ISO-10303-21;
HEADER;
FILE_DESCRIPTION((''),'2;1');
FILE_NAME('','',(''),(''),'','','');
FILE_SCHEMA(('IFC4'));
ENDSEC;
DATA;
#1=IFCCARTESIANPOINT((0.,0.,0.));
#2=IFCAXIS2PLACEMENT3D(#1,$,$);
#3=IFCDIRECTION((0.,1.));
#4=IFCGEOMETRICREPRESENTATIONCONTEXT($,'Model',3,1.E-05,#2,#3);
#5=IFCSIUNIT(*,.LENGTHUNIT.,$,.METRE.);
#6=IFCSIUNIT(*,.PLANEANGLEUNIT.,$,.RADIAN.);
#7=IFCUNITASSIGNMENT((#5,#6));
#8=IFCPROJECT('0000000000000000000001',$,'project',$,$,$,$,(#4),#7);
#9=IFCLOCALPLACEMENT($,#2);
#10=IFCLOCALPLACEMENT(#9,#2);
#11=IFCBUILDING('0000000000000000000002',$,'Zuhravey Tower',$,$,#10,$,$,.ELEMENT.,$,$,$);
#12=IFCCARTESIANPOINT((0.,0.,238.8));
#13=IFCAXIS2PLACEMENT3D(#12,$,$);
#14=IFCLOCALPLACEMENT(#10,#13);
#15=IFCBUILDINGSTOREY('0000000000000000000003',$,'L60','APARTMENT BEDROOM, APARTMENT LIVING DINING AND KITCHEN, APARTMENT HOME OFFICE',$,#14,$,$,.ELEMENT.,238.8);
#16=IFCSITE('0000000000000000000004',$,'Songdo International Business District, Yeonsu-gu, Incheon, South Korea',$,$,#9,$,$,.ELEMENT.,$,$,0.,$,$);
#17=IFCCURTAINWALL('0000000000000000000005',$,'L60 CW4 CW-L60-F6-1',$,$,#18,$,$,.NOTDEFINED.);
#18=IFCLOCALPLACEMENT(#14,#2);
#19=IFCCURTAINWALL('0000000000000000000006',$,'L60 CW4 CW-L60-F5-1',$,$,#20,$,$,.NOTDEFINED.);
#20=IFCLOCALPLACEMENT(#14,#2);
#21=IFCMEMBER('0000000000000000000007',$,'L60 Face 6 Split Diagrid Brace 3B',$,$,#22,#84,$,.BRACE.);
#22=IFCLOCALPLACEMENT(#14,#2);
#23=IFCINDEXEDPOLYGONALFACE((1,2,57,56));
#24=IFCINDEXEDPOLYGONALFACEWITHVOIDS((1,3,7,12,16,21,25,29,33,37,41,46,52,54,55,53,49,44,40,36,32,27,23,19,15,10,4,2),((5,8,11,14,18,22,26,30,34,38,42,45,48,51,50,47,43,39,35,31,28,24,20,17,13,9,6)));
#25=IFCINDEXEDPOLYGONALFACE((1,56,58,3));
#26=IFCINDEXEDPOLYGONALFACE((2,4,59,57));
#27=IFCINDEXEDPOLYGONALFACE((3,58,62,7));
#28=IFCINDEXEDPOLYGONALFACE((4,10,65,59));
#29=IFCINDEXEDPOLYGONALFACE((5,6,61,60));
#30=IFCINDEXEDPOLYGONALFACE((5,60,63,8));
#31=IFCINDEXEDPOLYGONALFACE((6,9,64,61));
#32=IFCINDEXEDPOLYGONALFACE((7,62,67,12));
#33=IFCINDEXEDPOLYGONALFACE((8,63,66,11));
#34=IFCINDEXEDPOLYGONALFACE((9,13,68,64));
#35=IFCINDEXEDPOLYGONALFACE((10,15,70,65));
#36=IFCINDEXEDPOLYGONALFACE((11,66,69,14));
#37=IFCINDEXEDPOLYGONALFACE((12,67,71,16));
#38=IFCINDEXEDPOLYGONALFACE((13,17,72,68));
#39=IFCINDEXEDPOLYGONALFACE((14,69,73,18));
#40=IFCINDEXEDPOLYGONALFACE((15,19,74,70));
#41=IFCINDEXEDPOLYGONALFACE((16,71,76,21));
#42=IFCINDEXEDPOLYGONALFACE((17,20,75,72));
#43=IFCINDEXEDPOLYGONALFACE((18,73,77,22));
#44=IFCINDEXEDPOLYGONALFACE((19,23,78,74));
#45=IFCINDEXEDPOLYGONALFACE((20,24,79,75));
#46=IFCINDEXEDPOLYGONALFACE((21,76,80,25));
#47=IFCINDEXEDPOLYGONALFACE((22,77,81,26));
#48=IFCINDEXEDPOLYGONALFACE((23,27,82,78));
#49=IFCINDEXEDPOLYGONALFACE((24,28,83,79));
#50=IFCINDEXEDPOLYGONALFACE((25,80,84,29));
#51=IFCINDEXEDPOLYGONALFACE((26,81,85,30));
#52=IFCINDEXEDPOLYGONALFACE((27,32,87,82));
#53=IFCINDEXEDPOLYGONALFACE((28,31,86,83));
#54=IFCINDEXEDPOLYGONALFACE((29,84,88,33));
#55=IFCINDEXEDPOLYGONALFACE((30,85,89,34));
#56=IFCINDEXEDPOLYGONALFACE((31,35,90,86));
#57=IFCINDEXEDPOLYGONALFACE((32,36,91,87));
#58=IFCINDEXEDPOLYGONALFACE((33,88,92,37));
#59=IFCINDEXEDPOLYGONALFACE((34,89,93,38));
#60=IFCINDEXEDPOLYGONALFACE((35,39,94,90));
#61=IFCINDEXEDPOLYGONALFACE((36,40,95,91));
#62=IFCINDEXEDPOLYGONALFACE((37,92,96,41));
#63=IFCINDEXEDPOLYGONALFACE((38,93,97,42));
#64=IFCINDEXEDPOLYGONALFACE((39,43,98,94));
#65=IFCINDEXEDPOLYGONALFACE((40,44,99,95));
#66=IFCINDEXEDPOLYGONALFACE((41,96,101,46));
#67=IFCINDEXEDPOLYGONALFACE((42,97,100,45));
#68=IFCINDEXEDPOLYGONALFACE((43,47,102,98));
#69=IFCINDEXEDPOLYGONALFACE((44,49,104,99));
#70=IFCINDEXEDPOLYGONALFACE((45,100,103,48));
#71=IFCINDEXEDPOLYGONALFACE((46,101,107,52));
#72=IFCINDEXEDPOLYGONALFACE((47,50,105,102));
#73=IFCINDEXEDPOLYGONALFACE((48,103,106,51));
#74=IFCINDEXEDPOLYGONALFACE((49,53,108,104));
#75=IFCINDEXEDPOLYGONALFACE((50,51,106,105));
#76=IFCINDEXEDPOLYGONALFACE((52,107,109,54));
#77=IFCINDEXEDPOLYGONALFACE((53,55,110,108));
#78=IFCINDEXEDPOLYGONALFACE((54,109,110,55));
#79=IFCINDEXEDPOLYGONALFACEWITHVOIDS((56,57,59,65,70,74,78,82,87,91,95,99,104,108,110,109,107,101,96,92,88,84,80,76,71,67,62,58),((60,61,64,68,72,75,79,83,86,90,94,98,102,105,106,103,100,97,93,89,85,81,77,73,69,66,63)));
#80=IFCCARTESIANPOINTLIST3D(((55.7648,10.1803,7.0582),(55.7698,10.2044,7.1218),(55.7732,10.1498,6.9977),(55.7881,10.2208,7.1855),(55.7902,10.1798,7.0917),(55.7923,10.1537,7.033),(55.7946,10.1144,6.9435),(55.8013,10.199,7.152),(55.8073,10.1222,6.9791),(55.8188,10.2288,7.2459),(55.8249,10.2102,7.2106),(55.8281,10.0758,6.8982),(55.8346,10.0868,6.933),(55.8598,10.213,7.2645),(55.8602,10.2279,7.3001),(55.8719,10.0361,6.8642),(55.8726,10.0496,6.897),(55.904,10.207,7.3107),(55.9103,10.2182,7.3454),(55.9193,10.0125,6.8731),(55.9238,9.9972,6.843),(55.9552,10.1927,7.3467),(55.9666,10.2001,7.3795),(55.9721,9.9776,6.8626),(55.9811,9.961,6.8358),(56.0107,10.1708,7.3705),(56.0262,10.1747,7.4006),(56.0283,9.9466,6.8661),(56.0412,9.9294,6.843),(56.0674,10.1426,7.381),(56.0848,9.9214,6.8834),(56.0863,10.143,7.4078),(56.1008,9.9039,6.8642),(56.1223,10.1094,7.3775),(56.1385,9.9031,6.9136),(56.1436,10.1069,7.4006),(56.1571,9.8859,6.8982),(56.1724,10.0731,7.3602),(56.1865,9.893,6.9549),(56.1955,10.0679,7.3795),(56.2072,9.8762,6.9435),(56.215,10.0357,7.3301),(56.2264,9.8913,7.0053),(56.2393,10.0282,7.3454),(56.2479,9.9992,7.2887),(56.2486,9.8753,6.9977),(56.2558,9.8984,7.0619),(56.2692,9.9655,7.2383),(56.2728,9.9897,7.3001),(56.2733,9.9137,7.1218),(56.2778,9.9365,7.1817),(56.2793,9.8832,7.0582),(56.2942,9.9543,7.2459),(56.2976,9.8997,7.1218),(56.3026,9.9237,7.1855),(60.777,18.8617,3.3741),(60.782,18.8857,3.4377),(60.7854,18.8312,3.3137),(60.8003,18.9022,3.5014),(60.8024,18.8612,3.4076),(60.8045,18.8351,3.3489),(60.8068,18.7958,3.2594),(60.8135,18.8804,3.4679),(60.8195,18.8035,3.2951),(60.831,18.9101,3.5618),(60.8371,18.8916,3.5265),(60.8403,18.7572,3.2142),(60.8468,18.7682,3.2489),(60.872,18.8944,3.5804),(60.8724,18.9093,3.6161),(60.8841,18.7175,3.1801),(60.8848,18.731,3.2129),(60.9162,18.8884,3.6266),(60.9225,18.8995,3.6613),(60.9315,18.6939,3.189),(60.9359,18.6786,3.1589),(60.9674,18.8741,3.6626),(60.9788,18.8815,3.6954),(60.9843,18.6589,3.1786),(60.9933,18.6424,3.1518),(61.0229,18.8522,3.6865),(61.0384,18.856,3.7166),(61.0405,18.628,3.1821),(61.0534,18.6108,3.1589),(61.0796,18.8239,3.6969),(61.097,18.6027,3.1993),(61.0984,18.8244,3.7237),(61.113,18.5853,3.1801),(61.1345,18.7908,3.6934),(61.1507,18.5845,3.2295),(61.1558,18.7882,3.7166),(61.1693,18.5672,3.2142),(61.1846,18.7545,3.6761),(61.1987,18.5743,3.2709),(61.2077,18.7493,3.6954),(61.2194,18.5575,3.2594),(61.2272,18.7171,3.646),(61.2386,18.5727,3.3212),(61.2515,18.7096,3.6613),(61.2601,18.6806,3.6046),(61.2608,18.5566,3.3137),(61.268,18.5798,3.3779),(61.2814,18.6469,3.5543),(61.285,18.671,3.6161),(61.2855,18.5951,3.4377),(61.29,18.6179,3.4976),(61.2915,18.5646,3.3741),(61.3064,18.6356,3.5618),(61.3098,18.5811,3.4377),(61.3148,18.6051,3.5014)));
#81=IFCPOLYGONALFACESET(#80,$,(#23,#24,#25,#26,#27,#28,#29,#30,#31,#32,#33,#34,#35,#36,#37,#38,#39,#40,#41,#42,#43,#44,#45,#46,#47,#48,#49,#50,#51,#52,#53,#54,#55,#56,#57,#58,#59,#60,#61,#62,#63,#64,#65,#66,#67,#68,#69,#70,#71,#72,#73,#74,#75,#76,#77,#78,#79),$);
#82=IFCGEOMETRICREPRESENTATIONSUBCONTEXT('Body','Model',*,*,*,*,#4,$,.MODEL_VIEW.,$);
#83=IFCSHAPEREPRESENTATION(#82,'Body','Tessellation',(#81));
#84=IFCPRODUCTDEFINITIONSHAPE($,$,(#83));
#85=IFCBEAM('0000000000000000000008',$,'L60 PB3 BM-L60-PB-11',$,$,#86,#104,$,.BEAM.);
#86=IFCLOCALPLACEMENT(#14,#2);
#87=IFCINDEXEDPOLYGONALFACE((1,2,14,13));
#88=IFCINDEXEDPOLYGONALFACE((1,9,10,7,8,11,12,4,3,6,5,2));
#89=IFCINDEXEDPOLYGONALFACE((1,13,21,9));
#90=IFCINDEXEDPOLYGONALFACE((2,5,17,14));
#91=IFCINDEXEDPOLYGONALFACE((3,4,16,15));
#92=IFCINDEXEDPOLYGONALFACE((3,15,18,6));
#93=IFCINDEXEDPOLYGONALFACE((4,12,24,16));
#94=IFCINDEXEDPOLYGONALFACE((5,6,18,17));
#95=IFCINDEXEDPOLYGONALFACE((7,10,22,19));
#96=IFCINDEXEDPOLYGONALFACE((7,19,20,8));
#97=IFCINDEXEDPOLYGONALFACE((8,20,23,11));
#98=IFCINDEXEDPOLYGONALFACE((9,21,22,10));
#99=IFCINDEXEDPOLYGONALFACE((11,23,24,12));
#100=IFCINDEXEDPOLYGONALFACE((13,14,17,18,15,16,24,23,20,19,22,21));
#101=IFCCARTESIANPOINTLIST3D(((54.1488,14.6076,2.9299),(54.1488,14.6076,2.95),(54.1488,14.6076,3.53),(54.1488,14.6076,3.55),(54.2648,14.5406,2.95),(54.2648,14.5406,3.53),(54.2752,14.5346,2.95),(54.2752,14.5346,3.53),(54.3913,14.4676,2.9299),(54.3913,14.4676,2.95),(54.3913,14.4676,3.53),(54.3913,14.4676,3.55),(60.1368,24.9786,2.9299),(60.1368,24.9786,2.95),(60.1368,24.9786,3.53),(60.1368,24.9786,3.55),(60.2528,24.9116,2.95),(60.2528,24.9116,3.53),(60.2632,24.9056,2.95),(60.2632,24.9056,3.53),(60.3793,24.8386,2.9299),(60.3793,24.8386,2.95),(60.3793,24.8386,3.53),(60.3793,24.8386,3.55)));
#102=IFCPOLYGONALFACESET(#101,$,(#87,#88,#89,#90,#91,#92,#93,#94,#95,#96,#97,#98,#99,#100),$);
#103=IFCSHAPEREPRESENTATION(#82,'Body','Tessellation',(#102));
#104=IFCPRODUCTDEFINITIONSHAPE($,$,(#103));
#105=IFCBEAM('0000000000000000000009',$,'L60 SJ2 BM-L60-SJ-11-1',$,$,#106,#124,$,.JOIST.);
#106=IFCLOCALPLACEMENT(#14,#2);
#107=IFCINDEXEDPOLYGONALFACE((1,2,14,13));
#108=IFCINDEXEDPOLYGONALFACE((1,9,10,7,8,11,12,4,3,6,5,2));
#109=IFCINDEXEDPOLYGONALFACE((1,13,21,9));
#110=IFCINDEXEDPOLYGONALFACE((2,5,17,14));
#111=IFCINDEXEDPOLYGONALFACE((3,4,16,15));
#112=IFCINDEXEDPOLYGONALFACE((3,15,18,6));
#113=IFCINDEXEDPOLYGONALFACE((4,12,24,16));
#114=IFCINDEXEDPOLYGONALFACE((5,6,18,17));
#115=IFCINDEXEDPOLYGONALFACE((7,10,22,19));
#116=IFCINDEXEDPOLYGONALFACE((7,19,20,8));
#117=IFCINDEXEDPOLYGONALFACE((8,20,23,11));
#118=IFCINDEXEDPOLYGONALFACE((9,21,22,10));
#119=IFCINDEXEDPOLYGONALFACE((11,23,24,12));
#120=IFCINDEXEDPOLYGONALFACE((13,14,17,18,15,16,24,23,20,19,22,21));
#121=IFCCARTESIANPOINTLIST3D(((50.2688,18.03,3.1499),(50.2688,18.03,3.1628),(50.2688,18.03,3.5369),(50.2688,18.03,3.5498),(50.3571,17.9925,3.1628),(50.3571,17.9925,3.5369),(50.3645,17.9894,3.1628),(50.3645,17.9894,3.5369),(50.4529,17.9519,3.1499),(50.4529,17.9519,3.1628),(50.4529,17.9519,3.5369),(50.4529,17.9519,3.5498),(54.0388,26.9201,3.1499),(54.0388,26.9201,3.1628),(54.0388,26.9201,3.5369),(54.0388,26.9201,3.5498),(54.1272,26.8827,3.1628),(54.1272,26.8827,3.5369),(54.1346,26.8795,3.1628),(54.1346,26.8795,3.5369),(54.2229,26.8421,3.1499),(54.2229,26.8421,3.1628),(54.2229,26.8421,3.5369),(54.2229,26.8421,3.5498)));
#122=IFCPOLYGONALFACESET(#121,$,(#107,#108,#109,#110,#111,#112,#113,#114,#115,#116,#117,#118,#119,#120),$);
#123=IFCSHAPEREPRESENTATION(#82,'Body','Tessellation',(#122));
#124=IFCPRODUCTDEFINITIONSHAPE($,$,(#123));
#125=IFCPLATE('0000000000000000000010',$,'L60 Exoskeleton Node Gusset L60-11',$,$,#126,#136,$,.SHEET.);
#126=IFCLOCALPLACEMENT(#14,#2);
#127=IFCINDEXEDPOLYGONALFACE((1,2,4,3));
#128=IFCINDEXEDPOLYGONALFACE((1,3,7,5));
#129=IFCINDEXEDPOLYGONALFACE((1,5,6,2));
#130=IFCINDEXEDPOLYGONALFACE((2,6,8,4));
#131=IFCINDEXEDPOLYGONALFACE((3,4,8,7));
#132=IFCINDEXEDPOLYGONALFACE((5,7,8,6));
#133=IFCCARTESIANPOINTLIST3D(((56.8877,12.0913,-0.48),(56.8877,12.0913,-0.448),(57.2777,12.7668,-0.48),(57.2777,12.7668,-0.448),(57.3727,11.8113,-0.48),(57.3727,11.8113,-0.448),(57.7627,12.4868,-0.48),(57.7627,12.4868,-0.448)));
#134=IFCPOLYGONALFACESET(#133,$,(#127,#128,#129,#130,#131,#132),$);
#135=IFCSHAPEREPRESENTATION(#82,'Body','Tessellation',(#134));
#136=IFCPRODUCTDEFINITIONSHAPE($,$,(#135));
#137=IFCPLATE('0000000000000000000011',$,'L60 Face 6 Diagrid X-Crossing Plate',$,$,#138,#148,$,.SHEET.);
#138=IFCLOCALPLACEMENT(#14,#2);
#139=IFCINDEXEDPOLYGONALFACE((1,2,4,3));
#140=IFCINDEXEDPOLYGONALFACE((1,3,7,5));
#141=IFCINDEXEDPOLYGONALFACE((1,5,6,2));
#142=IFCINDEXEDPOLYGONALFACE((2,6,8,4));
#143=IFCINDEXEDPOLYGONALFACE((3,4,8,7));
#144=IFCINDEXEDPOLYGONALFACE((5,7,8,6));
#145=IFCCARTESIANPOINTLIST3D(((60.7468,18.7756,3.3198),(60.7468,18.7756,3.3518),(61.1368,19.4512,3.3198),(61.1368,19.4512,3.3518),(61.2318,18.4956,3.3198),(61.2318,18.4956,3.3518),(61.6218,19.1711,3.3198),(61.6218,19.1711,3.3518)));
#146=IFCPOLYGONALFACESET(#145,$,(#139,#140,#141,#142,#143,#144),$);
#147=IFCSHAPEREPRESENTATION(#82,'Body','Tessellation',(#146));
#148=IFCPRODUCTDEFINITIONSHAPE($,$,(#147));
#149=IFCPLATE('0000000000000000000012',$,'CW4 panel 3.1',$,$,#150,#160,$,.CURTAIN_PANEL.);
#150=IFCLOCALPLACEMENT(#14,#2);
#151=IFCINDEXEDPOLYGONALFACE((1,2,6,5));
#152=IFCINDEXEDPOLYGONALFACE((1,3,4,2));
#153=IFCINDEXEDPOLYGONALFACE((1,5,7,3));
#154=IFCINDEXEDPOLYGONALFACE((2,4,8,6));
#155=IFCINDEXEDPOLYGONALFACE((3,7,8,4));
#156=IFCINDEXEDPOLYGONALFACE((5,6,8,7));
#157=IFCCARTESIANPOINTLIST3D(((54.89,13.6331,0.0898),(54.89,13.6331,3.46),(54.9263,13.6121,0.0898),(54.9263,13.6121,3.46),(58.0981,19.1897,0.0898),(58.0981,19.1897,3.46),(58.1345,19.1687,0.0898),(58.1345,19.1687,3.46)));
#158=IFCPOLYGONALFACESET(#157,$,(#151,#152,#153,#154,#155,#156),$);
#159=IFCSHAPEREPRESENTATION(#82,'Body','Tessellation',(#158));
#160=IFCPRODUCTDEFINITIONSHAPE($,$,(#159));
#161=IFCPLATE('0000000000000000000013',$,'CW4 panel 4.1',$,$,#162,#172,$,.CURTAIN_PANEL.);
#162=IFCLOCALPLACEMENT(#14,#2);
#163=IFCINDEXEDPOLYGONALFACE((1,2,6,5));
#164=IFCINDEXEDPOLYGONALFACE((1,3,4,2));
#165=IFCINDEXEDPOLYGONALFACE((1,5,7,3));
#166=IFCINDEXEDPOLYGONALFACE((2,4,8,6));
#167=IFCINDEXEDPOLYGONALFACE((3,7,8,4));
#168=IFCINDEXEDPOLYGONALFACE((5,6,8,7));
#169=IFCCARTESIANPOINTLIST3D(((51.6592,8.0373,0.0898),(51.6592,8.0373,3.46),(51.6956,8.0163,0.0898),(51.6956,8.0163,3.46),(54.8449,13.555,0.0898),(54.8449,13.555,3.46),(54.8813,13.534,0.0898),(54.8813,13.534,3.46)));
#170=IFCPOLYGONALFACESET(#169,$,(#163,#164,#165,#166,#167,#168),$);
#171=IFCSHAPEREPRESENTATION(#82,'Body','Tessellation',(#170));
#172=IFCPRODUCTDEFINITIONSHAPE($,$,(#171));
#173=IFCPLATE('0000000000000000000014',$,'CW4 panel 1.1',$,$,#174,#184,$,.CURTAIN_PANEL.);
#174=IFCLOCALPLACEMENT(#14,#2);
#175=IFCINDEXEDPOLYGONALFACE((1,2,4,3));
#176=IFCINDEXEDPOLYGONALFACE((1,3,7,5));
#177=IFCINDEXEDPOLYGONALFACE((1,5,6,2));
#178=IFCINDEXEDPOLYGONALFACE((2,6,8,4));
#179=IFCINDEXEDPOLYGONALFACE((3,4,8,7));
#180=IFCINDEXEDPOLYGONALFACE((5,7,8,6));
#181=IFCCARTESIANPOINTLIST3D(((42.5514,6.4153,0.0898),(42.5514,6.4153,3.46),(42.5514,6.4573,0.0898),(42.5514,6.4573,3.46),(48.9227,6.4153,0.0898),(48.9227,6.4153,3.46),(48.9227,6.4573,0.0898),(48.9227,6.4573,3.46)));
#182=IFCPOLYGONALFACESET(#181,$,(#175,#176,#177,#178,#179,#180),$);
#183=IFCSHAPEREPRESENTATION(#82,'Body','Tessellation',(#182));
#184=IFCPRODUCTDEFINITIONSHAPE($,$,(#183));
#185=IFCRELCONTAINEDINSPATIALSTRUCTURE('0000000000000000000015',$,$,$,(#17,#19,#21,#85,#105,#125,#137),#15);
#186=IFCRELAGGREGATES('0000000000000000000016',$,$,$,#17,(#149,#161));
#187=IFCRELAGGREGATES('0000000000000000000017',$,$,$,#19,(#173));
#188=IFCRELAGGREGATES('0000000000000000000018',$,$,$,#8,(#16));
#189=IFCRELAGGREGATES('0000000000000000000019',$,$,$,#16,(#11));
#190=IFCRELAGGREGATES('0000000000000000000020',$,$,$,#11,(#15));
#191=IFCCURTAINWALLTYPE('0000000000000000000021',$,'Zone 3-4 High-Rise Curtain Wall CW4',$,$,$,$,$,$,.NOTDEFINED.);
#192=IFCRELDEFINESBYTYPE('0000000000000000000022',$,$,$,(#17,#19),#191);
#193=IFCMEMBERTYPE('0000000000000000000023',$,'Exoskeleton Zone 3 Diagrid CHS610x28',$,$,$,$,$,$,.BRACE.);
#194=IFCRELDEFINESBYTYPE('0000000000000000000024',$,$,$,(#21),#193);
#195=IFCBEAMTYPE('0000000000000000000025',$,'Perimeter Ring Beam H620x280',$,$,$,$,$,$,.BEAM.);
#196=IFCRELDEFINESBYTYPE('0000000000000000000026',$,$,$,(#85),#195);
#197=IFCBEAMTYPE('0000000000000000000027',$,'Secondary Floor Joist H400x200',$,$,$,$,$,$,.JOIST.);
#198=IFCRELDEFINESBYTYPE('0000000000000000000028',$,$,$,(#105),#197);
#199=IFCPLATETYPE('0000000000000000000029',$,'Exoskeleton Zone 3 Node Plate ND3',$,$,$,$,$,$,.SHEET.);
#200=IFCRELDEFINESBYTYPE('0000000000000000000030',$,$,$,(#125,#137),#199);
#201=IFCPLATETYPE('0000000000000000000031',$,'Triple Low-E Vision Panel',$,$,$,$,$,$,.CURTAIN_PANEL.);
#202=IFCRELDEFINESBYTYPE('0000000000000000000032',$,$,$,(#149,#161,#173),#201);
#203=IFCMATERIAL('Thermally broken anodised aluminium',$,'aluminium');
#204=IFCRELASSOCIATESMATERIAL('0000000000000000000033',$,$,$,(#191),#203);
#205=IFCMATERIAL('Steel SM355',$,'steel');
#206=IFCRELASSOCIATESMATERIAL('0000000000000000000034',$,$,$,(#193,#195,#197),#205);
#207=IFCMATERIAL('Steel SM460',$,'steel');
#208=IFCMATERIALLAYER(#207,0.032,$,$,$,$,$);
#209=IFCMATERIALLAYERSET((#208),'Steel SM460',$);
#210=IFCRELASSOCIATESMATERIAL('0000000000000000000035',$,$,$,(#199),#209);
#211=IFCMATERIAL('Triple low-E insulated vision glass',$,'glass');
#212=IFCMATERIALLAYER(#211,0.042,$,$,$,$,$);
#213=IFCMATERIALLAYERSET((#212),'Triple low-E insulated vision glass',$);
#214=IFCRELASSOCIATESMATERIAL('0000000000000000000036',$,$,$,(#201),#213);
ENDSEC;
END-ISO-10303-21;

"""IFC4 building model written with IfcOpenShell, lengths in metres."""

from ifc_helpers import new_model, si_unit, direction, frame, origin, origin_2d, place, context, subcontext, project, spatial, rectangle, hollow_circle, i_section, extrude, material, layer, layer_set, material_profile, profile_set, type_object, element, aggregate, save


model = new_model("IFC4")

# Units and contexts
model_context = context("Model", 3, precision=1e-05, world=origin(), true_north=direction((0.0, 1.0)))
body_context = subcontext(model_context, "Body", "Model", "MODEL_VIEW")
ifc_project = project(units=[si_unit("LENGTHUNIT", "METRE"), si_unit("PLANEANGLEUNIT", "RADIAN")], contexts=[model_context])

# Site, building, storey
site_placement = place(None, origin())
site = spatial("IfcSite", under=ifc_project, at=site_placement, Name="Songdo International Business District, Yeonsu-gu, Incheon, South Korea", CompositionType="ELEMENT", RefElevation=0.0)
building_placement = place(site_placement, origin())
building = spatial("IfcBuilding", under=site, at=building_placement, Name="Zuhravey Tower", CompositionType="ELEMENT")
storey_placement = place(building_placement, frame((0.0, 0.0, 238.8)))
storey = spatial("IfcBuildingStorey", under=building, at=storey_placement, Name="L60", Description="APARTMENT BEDROOM, APARTMENT LIVING DINING AND KITCHEN, APARTMENT HOME OFFICE", CompositionType="ELEMENT", Elevation=238.8)

# Curtain wall
ifc_material_1 = material(Name="Thermally broken anodised aluminium", Category="aluminium")
curtain_wall_type = type_object("IfcCurtainWallType", Name="Zone 3-4 High-Rise Curtain Wall CW4", PredefinedType="NOTDEFINED", material=ifc_material_1)
curtain_wall_1_placement = place(storey_placement, origin())
curtain_wall_1 = element("IfcCurtainWall", 1, at=curtain_wall_1_placement, inside=storey, type_object=curtain_wall_type, Name="L60 CW4 CW-L60-F6-1", PredefinedType="NOTDEFINED")

# Curtain wall
curtain_wall_2_placement = place(storey_placement, origin())
curtain_wall_2 = element("IfcCurtainWall", 2, at=curtain_wall_2_placement, inside=storey, type_object=curtain_wall_type, Name="L60 CW4 CW-L60-F5-1", PredefinedType="NOTDEFINED")

# Member
ifc_material_2 = material(Name="Steel SM355", Category="steel")
ifc_material_profile_1 = material_profile(ifc_material_2, hollow_circle(Radius=0.3047, WallThickness=0.0281, at=origin_2d()), Name="CHS-609.6x28")
ifc_profile_set_1 = profile_set([ifc_material_profile_1], Name="Steel SM355")
member_type_1 = type_object("IfcMemberType", Name="Exoskeleton Zone 3 Diagrid CHS610x28", PredefinedType="BRACE", material=ifc_profile_set_1)
member_1_placement = place(storey_placement, frame((61.0459, 18.7334, 3.4377), z_axis=(-0.46931, -0.812869, 0.344953), x_axis=(0.866025, -0.5, 0.0)))
element("IfcMember", 3, at=member_1_placement, inside=storey, type_object=member_type_1, Name="L60 Face 6 Split Diagrid Brace 3B", PredefinedType="BRACE", context=body_context, shape_type="SweptSolid", body=[
    extrude(hollow_circle(Radius=0.3047, WallThickness=0.0281, at=origin_2d()), origin(), (0.0, 0.0, 1.0), 10.6799),
])

# Beams
ifc_material_profile_2 = material_profile(ifc_material_2, i_section(OverallWidth=0.28, OverallDepth=0.6201, WebThickness=0.012, FlangeThickness=0.02, at=origin_2d()), Name="H-620x280x12x20")
ifc_profile_set_2 = profile_set([ifc_material_profile_2], Name="Steel SM355")
beam_type_1 = type_object("IfcBeamType", Name="Perimeter Ring Beam H620x280", PredefinedType="BEAM", material=ifc_profile_set_2)
beam_1_placement = place(storey_placement, frame((54.27, 14.5376, 3.24), z_axis=(0.500018, 0.866015, 0.0), x_axis=(-0.866015, 0.500018, 0.0)))
element("IfcBeam", 4, at=beam_1_placement, inside=storey, type_object=beam_type_1, Name="L60 PB3 BM-L60-PB-11", PredefinedType="BEAM", context=body_context, shape_type="SweptSolid", body=[
    extrude(i_section(OverallWidth=0.28, OverallDepth=0.6201, WebThickness=0.012, FlangeThickness=0.02, at=origin_2d()), origin(), (0.0, 0.0, 1.0), 11.9756),
])
ifc_material_profile_3 = material_profile(ifc_material_2, i_section(OverallWidth=0.2, OverallDepth=0.3999, WebThickness=0.0081, FlangeThickness=0.0129, at=origin_2d()), Name="H-400x200x8x13")
ifc_profile_set_3 = profile_set([ifc_material_profile_3], Name="Steel SM355")
beam_type_2 = type_object("IfcBeamType", Name="Secondary Floor Joist H400x200", PredefinedType="JOIST", material=ifc_profile_set_3)
beam_2_placement = place(storey_placement, frame((50.3608, 17.991, 3.3499), z_axis=(0.390413, 0.92064, 0.0), x_axis=(-0.92064, 0.390413, 0.0)))
element("IfcBeam", 5, at=beam_2_placement, inside=storey, type_object=beam_type_2, Name="L60 SJ2 BM-L60-SJ-11-1", PredefinedType="JOIST", context=body_context, shape_type="SweptSolid", body=[
    extrude(i_section(OverallWidth=0.2, OverallDepth=0.3999, WebThickness=0.0081, FlangeThickness=0.0129, at=origin_2d()), origin(), (0.0, 0.0, 1.0), 9.6565),
])

# Plates
ifc_material_3 = material(Name="Steel SM460", Category="steel")
ifc_layer_1 = layer(ifc_material_3, 0.032)
ifc_layer_set_1 = layer_set([ifc_layer_1], Name="Steel SM460")
plate_type_1 = type_object("IfcPlateType", Name="Exoskeleton Zone 3 Node Plate ND3", PredefinedType="SHEET", material=ifc_layer_set_1)
for number, where, z_axis, x_axis, name in (
    (6, (57.3252, 12.2891, -0.48), (0.0, 0.0, 1.0), (0.5, 0.866025, 0.0), "L60 Exoskeleton Node Gusset L60-11"),
    (7, (61.1843, 18.9734, 3.3198), (0.0, 0.0, 1.0), (0.5, 0.866025, 0.0), "L60 Face 6 Diagrid X-Crossing Plate"),
):
    element("IfcPlate", number, at=place(storey_placement, frame(where, z_axis=z_axis, x_axis=x_axis)), inside=storey, type_object=plate_type_1, Name=name, PredefinedType="SHEET", context=body_context, shape_type="SweptSolid", body=[
        extrude(rectangle(XDim=0.78, YDim=0.5601, at=origin_2d()), origin(), (0.0, 0.0, 1.0), 0.032),
    ])

# Plates
ifc_material_4 = material(Name="Triple low-E insulated vision glass", Category="glass")
ifc_layer_2 = layer(ifc_material_4, 0.042)
ifc_layer_set_2 = layer_set([ifc_layer_2], Name="Triple low-E insulated vision glass")
plate_type_2 = type_object("IfcPlateType", Name="Triple Low-E Vision Panel", PredefinedType="CURTAIN_PANEL", material=ifc_layer_set_2)
plate_1_placement = place(storey_placement, frame((56.5122, 16.4009, 0.0898), z_axis=(0.0, 0.0, 1.0), x_axis=(-0.500001, -0.866025, 0.0)))
plate_1 = element("IfcPlate", 8, at=plate_1_placement, type_object=plate_type_2, Name="CW4 panel 3.1", PredefinedType="CURTAIN_PANEL", context=body_context, shape_type="SweptSolid", body=[
    extrude(rectangle(XDim=6.4163, YDim=0.042, at=origin_2d()), origin(), (0.0, 0.0, 1.0), 3.3701),
])
plate_2_placement = place(storey_placement, frame((53.2703, 10.7856, 0.0898), z_axis=(0.0, 0.0, 1.0), x_axis=(-0.500001, -0.866025, 0.0)))
plate_2 = element("IfcPlate", 9, at=plate_2_placement, type_object=plate_type_2, Name="CW4 panel 4.1", PredefinedType="CURTAIN_PANEL", context=body_context, shape_type="SweptSolid", body=[
    extrude(rectangle(XDim=6.3713, YDim=0.042, at=origin_2d()), origin(), (0.0, 0.0, 1.0), 3.3701),
])
aggregate(curtain_wall_1, [plate_1, plate_2])
plate_3_placement = place(storey_placement, frame((45.7371, 6.4363, 0.0898), z_axis=(0.0, 0.0, 1.0), x_axis=(-1.0, 0.0, 0.0)))
plate_3 = element("IfcPlate", 10, at=plate_3_placement, type_object=plate_type_2, Name="CW4 panel 1.1", PredefinedType="CURTAIN_PANEL", context=body_context, shape_type="SweptSolid", body=[
    extrude(rectangle(XDim=6.3713, YDim=0.042, at=origin_2d()), origin(), (0.0, 0.0, 1.0), 3.3701),
])
aggregate(curtain_wall_2, [plate_3])

save(model, "model.ifc")
